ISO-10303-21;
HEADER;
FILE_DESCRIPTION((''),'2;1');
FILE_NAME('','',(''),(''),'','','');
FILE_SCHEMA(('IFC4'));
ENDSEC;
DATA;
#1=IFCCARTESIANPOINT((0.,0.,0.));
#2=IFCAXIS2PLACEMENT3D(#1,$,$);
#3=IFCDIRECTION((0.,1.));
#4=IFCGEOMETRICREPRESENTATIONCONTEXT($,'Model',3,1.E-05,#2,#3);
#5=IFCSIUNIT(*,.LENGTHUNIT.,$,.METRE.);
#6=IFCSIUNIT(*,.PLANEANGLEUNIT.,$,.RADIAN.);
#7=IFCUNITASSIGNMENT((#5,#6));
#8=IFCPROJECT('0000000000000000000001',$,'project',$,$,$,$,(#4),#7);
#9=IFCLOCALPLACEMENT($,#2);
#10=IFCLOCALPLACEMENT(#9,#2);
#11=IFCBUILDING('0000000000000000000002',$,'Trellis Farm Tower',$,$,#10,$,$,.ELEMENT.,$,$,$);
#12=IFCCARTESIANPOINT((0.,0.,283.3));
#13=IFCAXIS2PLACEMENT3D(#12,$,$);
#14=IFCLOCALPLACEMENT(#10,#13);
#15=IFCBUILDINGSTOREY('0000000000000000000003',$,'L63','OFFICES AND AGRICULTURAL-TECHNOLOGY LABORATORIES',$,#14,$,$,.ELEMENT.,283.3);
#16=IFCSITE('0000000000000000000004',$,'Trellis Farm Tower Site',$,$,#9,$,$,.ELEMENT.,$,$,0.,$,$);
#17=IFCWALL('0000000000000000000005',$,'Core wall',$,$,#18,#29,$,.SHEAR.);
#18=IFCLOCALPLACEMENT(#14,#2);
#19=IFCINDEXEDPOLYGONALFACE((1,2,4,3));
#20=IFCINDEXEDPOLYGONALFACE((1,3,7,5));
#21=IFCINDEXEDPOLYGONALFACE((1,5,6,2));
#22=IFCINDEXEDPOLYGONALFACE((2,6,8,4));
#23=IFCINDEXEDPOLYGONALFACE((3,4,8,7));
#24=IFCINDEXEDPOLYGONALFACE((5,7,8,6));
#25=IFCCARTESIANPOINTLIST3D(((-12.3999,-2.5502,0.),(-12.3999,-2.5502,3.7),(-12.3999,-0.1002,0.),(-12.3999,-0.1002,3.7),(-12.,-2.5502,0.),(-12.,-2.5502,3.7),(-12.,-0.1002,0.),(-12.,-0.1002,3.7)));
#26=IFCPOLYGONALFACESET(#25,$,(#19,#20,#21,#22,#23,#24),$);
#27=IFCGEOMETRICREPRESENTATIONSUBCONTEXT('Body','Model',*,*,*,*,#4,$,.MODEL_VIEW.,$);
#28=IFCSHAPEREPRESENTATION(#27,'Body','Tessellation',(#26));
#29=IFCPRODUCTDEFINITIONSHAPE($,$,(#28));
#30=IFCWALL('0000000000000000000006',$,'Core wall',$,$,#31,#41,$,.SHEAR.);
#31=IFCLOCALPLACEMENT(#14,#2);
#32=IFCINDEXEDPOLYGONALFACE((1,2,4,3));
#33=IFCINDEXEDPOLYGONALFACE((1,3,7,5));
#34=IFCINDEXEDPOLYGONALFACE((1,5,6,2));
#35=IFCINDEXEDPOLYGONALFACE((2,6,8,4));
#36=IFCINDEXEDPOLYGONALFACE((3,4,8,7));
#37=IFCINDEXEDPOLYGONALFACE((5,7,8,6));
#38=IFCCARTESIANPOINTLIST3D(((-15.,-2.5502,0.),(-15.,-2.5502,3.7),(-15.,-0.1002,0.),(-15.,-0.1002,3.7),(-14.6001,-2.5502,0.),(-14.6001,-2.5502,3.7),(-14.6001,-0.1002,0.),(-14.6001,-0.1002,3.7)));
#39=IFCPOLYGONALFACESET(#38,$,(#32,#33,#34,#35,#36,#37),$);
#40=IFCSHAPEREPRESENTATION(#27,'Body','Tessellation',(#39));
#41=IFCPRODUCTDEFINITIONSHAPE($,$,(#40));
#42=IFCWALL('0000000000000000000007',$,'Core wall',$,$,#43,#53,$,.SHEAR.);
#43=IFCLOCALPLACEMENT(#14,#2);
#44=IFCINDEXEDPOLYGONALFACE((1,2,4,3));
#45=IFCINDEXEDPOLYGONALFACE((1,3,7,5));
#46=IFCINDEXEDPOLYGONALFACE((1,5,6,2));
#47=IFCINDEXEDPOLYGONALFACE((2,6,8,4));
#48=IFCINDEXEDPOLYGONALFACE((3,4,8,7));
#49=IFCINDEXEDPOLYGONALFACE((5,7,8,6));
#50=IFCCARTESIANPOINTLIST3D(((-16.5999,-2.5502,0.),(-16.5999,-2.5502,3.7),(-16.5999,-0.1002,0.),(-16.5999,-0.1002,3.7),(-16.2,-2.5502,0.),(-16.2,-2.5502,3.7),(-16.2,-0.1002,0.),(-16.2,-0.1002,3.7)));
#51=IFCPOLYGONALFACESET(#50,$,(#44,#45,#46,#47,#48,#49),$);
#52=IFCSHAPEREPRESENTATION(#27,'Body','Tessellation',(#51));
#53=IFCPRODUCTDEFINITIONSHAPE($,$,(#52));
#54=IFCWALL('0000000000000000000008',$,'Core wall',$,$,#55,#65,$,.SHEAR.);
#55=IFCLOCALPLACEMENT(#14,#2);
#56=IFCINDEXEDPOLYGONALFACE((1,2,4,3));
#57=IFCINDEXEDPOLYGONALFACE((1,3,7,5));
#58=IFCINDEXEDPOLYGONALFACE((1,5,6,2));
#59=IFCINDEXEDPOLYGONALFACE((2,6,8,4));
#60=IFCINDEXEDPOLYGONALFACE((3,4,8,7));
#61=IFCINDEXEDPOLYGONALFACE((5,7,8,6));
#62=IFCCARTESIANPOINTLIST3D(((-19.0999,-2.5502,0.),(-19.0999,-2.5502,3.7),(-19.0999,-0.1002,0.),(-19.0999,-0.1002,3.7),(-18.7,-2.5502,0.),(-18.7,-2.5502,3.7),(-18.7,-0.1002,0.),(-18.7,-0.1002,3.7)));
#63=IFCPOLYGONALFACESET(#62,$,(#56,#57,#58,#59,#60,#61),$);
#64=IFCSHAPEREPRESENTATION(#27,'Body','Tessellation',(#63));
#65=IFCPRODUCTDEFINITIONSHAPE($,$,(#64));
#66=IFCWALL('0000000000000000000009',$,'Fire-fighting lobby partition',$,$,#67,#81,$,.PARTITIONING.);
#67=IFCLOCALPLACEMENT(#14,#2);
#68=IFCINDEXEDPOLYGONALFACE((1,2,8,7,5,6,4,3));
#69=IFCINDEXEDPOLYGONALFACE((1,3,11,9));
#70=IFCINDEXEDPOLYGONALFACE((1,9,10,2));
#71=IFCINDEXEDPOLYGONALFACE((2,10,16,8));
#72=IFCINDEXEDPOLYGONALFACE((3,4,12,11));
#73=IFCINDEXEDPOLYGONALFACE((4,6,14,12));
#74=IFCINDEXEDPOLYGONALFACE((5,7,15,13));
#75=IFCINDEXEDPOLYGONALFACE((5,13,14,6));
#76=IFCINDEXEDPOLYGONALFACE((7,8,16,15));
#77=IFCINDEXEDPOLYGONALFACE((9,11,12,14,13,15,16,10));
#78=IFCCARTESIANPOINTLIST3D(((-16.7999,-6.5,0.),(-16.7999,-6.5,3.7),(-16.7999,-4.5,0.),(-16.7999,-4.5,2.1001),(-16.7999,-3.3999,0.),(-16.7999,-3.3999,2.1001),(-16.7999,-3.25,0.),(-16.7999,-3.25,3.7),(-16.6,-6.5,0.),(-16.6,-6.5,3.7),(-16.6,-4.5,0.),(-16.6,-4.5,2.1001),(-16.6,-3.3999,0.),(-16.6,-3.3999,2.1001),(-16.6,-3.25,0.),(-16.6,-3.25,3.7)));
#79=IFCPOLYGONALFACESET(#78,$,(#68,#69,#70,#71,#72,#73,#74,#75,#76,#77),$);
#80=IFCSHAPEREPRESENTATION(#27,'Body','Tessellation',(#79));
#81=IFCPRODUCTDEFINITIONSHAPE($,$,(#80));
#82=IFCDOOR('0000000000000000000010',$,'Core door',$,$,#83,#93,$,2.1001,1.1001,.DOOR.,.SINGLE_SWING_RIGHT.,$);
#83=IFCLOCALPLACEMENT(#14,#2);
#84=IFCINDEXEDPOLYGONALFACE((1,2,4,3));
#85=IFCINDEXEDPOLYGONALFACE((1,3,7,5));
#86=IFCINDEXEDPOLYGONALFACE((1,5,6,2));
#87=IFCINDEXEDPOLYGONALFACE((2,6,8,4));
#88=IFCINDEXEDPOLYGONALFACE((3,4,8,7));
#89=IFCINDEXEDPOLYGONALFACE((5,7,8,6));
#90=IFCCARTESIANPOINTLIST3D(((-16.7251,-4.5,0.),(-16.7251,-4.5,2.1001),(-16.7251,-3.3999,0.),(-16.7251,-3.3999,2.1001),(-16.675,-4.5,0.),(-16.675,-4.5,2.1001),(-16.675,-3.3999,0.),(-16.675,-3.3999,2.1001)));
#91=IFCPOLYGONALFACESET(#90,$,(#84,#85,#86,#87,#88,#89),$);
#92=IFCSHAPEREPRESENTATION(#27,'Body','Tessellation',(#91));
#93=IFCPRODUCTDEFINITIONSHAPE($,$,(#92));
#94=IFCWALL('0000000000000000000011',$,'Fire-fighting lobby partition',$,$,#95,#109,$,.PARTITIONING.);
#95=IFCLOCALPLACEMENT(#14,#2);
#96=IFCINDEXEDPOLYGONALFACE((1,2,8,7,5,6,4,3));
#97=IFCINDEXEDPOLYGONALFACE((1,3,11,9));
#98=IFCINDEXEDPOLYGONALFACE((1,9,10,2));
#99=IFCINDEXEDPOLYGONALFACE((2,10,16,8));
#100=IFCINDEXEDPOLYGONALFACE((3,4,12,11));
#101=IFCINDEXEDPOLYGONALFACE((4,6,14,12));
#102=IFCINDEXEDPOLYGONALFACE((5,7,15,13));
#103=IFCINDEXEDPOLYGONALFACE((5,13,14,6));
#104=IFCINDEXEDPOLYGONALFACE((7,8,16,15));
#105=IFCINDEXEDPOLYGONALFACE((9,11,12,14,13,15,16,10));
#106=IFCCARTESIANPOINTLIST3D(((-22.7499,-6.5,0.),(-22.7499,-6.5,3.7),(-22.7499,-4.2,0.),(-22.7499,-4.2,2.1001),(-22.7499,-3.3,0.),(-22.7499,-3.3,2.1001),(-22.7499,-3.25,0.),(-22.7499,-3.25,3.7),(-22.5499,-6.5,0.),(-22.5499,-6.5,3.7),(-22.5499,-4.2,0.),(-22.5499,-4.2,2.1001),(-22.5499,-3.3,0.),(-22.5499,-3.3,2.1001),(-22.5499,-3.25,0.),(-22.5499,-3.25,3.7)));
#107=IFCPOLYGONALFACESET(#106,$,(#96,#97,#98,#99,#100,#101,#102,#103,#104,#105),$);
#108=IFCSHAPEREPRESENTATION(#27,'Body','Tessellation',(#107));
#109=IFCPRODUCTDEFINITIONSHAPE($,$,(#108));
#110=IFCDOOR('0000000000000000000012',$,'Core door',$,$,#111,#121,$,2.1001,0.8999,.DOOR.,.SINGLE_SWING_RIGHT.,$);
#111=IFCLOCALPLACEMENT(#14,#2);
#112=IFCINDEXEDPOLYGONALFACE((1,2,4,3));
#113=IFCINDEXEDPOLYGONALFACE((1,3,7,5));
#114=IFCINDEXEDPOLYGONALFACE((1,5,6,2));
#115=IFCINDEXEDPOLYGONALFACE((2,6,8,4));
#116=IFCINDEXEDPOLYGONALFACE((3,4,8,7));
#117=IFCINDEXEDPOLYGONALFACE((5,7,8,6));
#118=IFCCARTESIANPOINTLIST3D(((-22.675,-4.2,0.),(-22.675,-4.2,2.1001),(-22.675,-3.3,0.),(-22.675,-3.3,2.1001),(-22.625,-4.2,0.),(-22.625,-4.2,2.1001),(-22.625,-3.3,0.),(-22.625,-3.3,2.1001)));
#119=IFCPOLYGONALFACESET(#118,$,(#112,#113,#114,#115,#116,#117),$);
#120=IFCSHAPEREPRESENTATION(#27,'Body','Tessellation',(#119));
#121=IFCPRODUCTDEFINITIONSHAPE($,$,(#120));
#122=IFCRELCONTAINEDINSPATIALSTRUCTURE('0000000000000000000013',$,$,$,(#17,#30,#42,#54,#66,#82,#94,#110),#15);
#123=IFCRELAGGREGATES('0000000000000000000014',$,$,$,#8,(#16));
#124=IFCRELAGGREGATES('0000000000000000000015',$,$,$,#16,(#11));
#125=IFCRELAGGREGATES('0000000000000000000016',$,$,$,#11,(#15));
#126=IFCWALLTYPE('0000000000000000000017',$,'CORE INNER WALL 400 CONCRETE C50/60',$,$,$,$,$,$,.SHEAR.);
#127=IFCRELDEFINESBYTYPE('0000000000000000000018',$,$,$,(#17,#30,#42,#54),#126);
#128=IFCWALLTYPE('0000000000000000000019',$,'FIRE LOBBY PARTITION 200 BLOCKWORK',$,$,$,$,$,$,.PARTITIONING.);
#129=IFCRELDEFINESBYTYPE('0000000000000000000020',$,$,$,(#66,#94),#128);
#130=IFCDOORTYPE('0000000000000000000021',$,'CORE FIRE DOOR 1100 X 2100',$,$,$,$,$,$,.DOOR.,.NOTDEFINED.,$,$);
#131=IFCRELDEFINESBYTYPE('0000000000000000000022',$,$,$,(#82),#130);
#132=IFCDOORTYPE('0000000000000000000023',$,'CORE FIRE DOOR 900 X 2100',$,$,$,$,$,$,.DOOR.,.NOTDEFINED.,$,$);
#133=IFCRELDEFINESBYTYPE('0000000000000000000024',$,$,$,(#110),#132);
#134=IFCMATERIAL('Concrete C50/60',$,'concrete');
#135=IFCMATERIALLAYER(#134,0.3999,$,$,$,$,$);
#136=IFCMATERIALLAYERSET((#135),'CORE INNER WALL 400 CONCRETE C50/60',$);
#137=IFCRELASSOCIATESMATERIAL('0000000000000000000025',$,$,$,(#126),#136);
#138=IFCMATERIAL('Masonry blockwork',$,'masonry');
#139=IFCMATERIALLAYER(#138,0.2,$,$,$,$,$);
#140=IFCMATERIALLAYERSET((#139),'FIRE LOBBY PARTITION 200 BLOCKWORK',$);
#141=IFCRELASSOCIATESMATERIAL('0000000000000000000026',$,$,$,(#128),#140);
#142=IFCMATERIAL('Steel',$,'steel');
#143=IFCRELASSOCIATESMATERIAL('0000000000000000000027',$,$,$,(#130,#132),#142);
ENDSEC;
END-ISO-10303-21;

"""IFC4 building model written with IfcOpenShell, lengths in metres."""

from ifc_helpers import new_model, si_unit, direction, frame, frame_2d, origin, place, context, subcontext, project, spatial, rectangle, extrude, source, transform, mapped, material, layer, layer_set, type_object, element, fill, save


model = new_model("IFC4")

# Units and contexts
model_context = context("Model", 3, precision=1e-05, world=origin(), true_north=direction((0.0, 1.0)))
body_context = subcontext(model_context, "Body", "Model", "MODEL_VIEW")
ifc_project = project(units=[si_unit("LENGTHUNIT", "METRE"), si_unit("PLANEANGLEUNIT", "RADIAN")], contexts=[model_context])

# Site, building, storey
site_placement = place(None, origin())
site = spatial("IfcSite", under=ifc_project, at=site_placement, Name="Trellis Farm Tower Site", CompositionType="ELEMENT", RefElevation=0.0)
building_placement = place(site_placement, origin())
building = spatial("IfcBuilding", under=site, at=building_placement, Name="Trellis Farm Tower", CompositionType="ELEMENT")
storey_placement = place(building_placement, frame((0.0, 0.0, 283.3)))
storey = spatial("IfcBuildingStorey", under=building, at=storey_placement, Name="L63", Description="OFFICES AND AGRICULTURAL-TECHNOLOGY LABORATORIES", CompositionType="ELEMENT", Elevation=283.3)

# Walls
ifc_material_1 = material(Name="Concrete C50/60", Category="concrete")
ifc_layer_1 = layer(ifc_material_1, 0.3999)
ifc_layer_set_1 = layer_set([ifc_layer_1], Name="CORE INNER WALL 400 CONCRETE C50/60")
wall_type_1 = type_object("IfcWallType", Name="CORE INNER WALL 400 CONCRETE C50/60", PredefinedType="SHEAR", material=ifc_layer_set_1)
shared_shape_1 = source(origin(), body_context, "Body", "SweptSolid", [
    extrude(rectangle(XDim=2.45, YDim=0.3999, at=frame_2d((1.2251, 0.0))), origin(), (0.0, 0.0, 1.0), 3.7),
])
for number, where, z_axis, x_axis, name in (
    (1, (-12.2, -0.1001, 0.0), (0.0, 0.0, 1.0), (0.0, -1.0, 0.0), "Core wall"),
    (2, (-14.8, -0.1001, 0.0), (0.0, 0.0, 1.0), (0.0, -1.0, 0.0), "Core wall"),
    (3, (-16.3999, -0.1001, 0.0), (0.0, 0.0, 1.0), (0.0, -1.0, 0.0), "Core wall"),
    (4, (-18.8999, -0.1001, 0.0), (0.0, 0.0, 1.0), (0.0, -1.0, 0.0), "Core wall"),
):
    element("IfcWall", number, at=place(storey_placement, frame(where, z_axis=z_axis, x_axis=x_axis)), inside=storey, type_object=wall_type_1, Name=name, PredefinedType="SHEAR", context=body_context, shape_type="MappedRepresentation", body=[
        mapped(shared_shape_1, transform((0.0, 0.0, 0.0))),
    ])

# Walls, openings, doors
ifc_material_2 = material(Name="Masonry blockwork", Category="masonry")
ifc_layer_2 = layer(ifc_material_2, 0.2)
ifc_layer_set_2 = layer_set([ifc_layer_2], Name="FIRE LOBBY PARTITION 200 BLOCKWORK")
wall_type_2 = type_object("IfcWallType", Name="FIRE LOBBY PARTITION 200 BLOCKWORK", PredefinedType="PARTITIONING", material=ifc_layer_set_2)
shared_shape_2 = source(origin(), body_context, "Body", "SweptSolid", [
    extrude(rectangle(XDim=3.25, YDim=0.2, at=frame_2d((1.625, 0.0))), origin(), (0.0, 0.0, 1.0), 3.7),
])
wall_1_placement = place(storey_placement, frame((-16.7, -3.25, 0.0), z_axis=(0.0, 0.0, 1.0), x_axis=(0.0, -1.0, 0.0)))
wall_1 = element("IfcWall", 5, at=wall_1_placement, inside=storey, type_object=wall_type_2, Name="Fire-fighting lobby partition", PredefinedType="PARTITIONING", context=body_context, shape_type="MappedRepresentation", body=[
    mapped(shared_shape_2, transform((0.0, 0.0, 0.0))),
])
shared_shape_3 = source(origin(), body_context, "Body", "SweptSolid", [
    extrude(rectangle(XDim=1.1001, YDim=2.1001, at=frame_2d((0.55, 1.05))), frame((0.0, 0.1101, 0.0), z_axis=(0.0, -1.0, 0.0), x_axis=(1.0, 0.0, 0.0)), (0.0, 0.0, 1.0), 0.2202),
])
opening_1_placement = place(wall_1_placement, frame((0.1499, 0.0, 0.0)))
opening_1 = element("IfcOpeningElement", 6, at=opening_1_placement, cuts=wall_1, PredefinedType="OPENING", context=body_context, shape_type="MappedRepresentation", body=[
    mapped(shared_shape_3, transform((0.0, 0.0, 0.0))),
])
ifc_material_3 = material(Name="Steel", Category="steel")
door_type_1 = type_object("IfcDoorType", Name="CORE FIRE DOOR 1100 X 2100", OperationType="NOTDEFINED", PredefinedType="DOOR", material=ifc_material_3)
shared_shape_4 = source(origin(), body_context, "Body", "SweptSolid", [
    extrude(rectangle(XDim=1.1001, YDim=2.1001, at=frame_2d((0.55, 1.05))), frame((0.0, 0.0249, 0.0), z_axis=(0.0, -1.0, 0.0), x_axis=(1.0, 0.0, 0.0)), (0.0, 0.0, 1.0), 0.05),
])
door_1_placement = place(opening_1_placement, origin())
door_1 = element("IfcDoor", 7, at=door_1_placement, inside=storey, type_object=door_type_1, Name="Core door", OperationType="SINGLE_SWING_RIGHT", OverallHeight=2.1001, OverallWidth=1.1001, PredefinedType="DOOR", context=body_context, shape_type="MappedRepresentation", body=[
    mapped(shared_shape_4, transform((0.0, 0.0, 0.0))),
])
fill(opening_1, door_1)
wall_2_placement = place(storey_placement, frame((-22.6499, -3.25, 0.0), z_axis=(0.0, 0.0, 1.0), x_axis=(0.0, -1.0, 0.0)))
wall_2 = element("IfcWall", 8, at=wall_2_placement, inside=storey, type_object=wall_type_2, Name="Fire-fighting lobby partition", PredefinedType="PARTITIONING", context=body_context, shape_type="MappedRepresentation", body=[
    mapped(shared_shape_2, transform((0.0, 0.0, 0.0))),
])
shared_shape_5 = source(origin(), body_context, "Body", "SweptSolid", [
    extrude(rectangle(XDim=0.8999, YDim=2.1001, at=frame_2d((0.45, 1.05))), frame((0.0, 0.1101, 0.0), z_axis=(0.0, -1.0, 0.0), x_axis=(1.0, 0.0, 0.0)), (0.0, 0.0, 1.0), 0.2202),
])
opening_2_placement = place(wall_2_placement, frame((0.05, 0.0, 0.0)))
opening_2 = element("IfcOpeningElement", 9, at=opening_2_placement, cuts=wall_2, PredefinedType="OPENING", context=body_context, shape_type="MappedRepresentation", body=[
    mapped(shared_shape_5, transform((0.0, 0.0, 0.0))),
])
door_type_2 = type_object("IfcDoorType", Name="CORE FIRE DOOR 900 X 2100", OperationType="NOTDEFINED", PredefinedType="DOOR", material=ifc_material_3)
shared_shape_6 = source(origin(), body_context, "Body", "SweptSolid", [
    extrude(rectangle(XDim=0.8999, YDim=2.1001, at=frame_2d((0.45, 1.05))), frame((0.0, 0.0249, 0.0), z_axis=(0.0, -1.0, 0.0), x_axis=(1.0, 0.0, 0.0)), (0.0, 0.0, 1.0), 0.05),
])
door_2_placement = place(opening_2_placement, origin())
door_2 = element("IfcDoor", 10, at=door_2_placement, inside=storey, type_object=door_type_2, Name="Core door", OperationType="SINGLE_SWING_RIGHT", OverallHeight=2.1001, OverallWidth=0.8999, PredefinedType="DOOR", context=body_context, shape_type="MappedRepresentation", body=[
    mapped(shared_shape_6, transform((0.0, 0.0, 0.0))),
])
fill(opening_2, door_2)

save(model, "model.ifc")
